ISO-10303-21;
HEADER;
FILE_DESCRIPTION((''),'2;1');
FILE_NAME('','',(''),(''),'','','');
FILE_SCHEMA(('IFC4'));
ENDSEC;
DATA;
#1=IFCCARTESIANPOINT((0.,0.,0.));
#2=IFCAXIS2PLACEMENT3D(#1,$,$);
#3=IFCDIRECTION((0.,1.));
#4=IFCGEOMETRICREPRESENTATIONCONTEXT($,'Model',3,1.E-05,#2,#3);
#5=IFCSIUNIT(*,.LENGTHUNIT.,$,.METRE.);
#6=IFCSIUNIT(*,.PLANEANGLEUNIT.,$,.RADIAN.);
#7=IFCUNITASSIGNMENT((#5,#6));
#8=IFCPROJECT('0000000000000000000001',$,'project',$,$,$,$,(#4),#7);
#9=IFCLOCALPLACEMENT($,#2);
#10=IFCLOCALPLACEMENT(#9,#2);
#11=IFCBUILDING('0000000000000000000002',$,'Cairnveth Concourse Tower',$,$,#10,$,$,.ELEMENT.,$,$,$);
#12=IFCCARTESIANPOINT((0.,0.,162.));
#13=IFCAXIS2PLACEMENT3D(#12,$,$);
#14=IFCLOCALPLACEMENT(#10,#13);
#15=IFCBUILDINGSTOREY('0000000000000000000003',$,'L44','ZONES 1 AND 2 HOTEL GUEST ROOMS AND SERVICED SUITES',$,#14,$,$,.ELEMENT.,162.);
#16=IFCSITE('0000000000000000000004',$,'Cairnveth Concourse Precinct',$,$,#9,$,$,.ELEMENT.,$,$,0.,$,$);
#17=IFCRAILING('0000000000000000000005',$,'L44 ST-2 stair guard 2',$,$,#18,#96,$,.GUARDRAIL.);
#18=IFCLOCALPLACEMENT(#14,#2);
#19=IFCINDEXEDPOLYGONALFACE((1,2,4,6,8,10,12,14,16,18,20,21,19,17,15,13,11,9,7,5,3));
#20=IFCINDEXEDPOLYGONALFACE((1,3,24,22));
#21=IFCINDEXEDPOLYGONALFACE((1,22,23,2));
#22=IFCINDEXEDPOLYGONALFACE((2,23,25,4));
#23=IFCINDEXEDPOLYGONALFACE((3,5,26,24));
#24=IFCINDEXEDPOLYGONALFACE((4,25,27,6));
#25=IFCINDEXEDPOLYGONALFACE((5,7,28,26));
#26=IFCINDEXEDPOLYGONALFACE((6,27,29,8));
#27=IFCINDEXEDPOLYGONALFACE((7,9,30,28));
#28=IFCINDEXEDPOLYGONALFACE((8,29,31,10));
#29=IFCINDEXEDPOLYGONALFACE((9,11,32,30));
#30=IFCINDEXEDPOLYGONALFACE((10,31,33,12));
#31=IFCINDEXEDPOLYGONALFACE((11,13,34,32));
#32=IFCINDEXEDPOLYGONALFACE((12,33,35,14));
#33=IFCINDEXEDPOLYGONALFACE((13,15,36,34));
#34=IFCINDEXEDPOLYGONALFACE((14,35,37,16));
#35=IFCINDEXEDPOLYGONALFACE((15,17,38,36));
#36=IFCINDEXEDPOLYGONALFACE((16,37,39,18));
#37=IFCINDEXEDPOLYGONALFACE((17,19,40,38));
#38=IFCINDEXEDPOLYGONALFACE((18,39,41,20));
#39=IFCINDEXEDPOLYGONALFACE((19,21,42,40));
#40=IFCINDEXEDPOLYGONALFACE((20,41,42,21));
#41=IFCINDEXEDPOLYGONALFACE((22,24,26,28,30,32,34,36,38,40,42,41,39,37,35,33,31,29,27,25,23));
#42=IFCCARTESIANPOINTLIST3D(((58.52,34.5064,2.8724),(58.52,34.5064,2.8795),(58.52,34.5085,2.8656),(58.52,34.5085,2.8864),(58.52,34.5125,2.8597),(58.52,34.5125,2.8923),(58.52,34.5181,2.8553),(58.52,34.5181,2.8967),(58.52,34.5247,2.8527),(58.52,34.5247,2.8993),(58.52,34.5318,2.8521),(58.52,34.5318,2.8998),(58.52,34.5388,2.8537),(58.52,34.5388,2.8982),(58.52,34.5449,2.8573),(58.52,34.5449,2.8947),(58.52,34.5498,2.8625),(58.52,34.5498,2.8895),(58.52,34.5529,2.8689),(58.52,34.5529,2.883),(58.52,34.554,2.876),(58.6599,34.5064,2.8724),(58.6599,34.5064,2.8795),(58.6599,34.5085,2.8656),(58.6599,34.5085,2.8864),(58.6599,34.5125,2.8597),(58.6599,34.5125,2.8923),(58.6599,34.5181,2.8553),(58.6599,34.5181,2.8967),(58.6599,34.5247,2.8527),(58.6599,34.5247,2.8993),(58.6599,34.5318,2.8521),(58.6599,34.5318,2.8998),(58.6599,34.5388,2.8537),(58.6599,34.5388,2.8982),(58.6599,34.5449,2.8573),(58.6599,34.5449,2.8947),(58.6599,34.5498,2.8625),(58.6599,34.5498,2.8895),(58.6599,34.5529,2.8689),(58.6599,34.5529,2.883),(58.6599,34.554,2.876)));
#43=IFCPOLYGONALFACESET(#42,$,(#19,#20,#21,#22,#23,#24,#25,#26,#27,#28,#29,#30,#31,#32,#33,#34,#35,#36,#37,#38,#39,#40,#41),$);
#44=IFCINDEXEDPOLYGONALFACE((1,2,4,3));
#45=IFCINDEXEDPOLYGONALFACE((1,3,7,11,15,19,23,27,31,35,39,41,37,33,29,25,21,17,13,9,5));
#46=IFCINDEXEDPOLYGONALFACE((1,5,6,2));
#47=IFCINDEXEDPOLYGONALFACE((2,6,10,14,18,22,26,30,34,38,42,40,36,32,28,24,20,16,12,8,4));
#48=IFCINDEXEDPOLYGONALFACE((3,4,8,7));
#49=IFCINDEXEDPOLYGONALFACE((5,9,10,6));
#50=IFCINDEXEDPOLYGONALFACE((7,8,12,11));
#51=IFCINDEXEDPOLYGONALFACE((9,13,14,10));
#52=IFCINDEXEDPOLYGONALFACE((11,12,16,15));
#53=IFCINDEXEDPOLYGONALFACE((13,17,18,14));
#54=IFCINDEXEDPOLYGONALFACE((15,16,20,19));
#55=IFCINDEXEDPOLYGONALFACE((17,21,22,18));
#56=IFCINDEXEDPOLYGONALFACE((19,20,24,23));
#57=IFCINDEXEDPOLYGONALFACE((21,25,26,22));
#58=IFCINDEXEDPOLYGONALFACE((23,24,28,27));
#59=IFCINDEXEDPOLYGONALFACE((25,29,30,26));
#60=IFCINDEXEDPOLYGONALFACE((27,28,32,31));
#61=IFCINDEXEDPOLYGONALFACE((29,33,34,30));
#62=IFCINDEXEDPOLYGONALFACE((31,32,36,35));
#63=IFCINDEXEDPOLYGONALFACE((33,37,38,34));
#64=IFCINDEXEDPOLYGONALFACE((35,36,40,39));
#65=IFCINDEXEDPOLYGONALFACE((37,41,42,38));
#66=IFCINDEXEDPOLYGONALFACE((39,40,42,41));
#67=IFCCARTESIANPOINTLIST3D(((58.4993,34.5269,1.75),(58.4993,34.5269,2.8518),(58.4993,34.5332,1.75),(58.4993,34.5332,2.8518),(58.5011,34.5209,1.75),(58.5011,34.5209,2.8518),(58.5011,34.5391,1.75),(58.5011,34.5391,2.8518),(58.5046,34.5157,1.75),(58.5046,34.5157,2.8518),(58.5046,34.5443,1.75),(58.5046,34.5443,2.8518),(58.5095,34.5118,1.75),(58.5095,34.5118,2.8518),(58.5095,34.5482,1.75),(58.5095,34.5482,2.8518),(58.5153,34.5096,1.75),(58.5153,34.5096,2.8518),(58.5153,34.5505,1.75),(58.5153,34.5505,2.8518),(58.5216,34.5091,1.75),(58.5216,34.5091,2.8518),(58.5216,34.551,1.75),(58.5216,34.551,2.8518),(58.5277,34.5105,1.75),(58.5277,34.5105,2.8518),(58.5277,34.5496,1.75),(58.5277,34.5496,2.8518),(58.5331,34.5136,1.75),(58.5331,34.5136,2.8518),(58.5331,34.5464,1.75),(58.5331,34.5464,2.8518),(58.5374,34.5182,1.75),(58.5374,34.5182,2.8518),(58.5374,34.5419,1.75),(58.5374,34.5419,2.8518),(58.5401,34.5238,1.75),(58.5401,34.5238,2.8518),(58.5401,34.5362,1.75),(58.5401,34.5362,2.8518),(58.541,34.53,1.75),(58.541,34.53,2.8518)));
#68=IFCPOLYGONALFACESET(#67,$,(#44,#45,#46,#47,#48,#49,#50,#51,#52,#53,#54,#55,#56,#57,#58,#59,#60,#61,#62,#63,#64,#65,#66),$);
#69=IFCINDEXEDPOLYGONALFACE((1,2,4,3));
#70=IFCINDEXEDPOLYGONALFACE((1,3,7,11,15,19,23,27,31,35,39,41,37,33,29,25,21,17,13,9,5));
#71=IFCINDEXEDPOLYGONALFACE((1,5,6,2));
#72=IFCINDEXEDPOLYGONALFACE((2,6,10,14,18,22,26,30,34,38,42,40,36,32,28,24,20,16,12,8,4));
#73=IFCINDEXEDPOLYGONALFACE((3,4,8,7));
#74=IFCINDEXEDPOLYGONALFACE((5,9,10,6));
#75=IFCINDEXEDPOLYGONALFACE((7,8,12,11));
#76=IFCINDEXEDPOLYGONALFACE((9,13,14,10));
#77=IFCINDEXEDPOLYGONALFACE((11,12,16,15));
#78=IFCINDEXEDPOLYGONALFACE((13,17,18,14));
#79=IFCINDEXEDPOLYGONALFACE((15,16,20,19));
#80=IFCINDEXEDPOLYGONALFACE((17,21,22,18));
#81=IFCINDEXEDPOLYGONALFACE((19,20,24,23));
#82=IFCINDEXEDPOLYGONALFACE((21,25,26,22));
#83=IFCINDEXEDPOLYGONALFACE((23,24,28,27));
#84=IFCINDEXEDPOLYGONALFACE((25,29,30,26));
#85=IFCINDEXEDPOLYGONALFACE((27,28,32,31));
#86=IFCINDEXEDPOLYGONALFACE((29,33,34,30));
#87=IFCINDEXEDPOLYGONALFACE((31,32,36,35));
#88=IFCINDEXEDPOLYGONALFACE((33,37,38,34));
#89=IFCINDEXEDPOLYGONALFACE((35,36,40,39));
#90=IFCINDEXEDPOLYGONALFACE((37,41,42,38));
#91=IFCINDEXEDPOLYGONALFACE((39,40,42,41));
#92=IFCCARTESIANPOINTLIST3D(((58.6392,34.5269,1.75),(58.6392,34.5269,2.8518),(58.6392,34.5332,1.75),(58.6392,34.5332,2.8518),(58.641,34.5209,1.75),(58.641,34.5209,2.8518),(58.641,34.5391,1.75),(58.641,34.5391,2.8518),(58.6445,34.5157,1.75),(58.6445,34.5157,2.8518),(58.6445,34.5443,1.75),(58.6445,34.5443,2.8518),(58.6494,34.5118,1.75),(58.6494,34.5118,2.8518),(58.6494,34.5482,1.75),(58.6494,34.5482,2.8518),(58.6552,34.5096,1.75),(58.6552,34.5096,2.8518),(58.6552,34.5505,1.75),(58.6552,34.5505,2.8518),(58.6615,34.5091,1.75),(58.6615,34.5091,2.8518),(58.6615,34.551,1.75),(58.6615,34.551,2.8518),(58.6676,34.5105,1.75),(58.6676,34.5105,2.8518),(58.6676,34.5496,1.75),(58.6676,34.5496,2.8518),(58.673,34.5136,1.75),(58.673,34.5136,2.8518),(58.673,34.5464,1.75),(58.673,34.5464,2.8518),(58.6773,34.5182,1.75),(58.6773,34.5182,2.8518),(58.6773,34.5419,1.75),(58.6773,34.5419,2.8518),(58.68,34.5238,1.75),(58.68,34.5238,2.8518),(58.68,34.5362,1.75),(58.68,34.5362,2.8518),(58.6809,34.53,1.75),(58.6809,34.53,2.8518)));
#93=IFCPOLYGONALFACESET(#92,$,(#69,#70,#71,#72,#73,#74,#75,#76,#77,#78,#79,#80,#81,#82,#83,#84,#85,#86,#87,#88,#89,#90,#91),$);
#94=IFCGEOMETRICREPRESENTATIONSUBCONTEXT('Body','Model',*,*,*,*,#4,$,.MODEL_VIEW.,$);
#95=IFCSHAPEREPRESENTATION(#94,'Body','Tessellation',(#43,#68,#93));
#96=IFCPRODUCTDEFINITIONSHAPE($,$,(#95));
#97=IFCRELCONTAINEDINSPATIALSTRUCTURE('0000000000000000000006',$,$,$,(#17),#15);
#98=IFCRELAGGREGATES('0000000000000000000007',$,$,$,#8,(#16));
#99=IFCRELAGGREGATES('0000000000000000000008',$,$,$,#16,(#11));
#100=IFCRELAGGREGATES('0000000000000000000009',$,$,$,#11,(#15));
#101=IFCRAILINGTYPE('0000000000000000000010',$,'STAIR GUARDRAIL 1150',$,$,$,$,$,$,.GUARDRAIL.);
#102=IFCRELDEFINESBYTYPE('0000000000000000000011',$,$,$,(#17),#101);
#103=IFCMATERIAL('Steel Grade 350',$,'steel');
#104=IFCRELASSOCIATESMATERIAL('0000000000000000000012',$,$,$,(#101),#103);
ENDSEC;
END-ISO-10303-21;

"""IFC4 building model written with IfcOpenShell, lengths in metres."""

from ifc_helpers import new_model, si_unit, direction, frame, origin, origin_2d, place, context, subcontext, project, spatial, circle, extrude, material, type_object, element, save


model = new_model("IFC4")

# Units and contexts
model_context = context("Model", 3, precision=1e-05, world=origin(), true_north=direction((0.0, 1.0)))
body_context = subcontext(model_context, "Body", "Model", "MODEL_VIEW")
ifc_project = project(units=[si_unit("LENGTHUNIT", "METRE"), si_unit("PLANEANGLEUNIT", "RADIAN")], contexts=[model_context])

# Site, building, storey
site_placement = place(None, origin())
site = spatial("IfcSite", under=ifc_project, at=site_placement, Name="Cairnveth Concourse Precinct", CompositionType="ELEMENT", RefElevation=0.0)
building_placement = place(site_placement, origin())
building = spatial("IfcBuilding", under=site, at=building_placement, Name="Cairnveth Concourse Tower", CompositionType="ELEMENT")
storey_placement = place(building_placement, frame((0.0, 0.0, 162.0)))
storey = spatial("IfcBuildingStorey", under=building, at=storey_placement, Name="L44", Description="ZONES 1 AND 2 HOTEL GUEST ROOMS AND SERVICED SUITES", CompositionType="ELEMENT", Elevation=162.0)

# Shared definitions
ifc_material_1 = material(Name="Steel Grade 350", Category="steel")

# Railing
railing_type = type_object("IfcRailingType", Name="STAIR GUARDRAIL 1150", PredefinedType="GUARDRAIL", material=ifc_material_1)
railing_placement = place(storey_placement, frame((58.52, 34.53, 1.75)))
element("IfcRailing", 1, at=railing_placement, inside=storey, type_object=railing_type, Name="L44 ST-2 stair guard 2", PredefinedType="GUARDRAIL", context=body_context, shape_type="SweptSolid", body=[
    extrude(circle(Radius=0.0239, at=origin_2d()), frame((0.0, 0.0, 1.126), z_axis=(1.0, 0.0, 0.0), x_axis=(0.0, 1.0, 0.0)), (0.0, 0.0, 1.0), 0.1399),
    extrude(circle(Radius=0.021, at=origin_2d()), origin(), (0.0, 0.0, 1.0), 1.1018),
    extrude(circle(Radius=0.021, at=origin_2d()), frame((0.1399, 0.0, 0.0)), (0.0, 0.0, 1.0), 1.1018),
])

save(model, "model.ifc")
